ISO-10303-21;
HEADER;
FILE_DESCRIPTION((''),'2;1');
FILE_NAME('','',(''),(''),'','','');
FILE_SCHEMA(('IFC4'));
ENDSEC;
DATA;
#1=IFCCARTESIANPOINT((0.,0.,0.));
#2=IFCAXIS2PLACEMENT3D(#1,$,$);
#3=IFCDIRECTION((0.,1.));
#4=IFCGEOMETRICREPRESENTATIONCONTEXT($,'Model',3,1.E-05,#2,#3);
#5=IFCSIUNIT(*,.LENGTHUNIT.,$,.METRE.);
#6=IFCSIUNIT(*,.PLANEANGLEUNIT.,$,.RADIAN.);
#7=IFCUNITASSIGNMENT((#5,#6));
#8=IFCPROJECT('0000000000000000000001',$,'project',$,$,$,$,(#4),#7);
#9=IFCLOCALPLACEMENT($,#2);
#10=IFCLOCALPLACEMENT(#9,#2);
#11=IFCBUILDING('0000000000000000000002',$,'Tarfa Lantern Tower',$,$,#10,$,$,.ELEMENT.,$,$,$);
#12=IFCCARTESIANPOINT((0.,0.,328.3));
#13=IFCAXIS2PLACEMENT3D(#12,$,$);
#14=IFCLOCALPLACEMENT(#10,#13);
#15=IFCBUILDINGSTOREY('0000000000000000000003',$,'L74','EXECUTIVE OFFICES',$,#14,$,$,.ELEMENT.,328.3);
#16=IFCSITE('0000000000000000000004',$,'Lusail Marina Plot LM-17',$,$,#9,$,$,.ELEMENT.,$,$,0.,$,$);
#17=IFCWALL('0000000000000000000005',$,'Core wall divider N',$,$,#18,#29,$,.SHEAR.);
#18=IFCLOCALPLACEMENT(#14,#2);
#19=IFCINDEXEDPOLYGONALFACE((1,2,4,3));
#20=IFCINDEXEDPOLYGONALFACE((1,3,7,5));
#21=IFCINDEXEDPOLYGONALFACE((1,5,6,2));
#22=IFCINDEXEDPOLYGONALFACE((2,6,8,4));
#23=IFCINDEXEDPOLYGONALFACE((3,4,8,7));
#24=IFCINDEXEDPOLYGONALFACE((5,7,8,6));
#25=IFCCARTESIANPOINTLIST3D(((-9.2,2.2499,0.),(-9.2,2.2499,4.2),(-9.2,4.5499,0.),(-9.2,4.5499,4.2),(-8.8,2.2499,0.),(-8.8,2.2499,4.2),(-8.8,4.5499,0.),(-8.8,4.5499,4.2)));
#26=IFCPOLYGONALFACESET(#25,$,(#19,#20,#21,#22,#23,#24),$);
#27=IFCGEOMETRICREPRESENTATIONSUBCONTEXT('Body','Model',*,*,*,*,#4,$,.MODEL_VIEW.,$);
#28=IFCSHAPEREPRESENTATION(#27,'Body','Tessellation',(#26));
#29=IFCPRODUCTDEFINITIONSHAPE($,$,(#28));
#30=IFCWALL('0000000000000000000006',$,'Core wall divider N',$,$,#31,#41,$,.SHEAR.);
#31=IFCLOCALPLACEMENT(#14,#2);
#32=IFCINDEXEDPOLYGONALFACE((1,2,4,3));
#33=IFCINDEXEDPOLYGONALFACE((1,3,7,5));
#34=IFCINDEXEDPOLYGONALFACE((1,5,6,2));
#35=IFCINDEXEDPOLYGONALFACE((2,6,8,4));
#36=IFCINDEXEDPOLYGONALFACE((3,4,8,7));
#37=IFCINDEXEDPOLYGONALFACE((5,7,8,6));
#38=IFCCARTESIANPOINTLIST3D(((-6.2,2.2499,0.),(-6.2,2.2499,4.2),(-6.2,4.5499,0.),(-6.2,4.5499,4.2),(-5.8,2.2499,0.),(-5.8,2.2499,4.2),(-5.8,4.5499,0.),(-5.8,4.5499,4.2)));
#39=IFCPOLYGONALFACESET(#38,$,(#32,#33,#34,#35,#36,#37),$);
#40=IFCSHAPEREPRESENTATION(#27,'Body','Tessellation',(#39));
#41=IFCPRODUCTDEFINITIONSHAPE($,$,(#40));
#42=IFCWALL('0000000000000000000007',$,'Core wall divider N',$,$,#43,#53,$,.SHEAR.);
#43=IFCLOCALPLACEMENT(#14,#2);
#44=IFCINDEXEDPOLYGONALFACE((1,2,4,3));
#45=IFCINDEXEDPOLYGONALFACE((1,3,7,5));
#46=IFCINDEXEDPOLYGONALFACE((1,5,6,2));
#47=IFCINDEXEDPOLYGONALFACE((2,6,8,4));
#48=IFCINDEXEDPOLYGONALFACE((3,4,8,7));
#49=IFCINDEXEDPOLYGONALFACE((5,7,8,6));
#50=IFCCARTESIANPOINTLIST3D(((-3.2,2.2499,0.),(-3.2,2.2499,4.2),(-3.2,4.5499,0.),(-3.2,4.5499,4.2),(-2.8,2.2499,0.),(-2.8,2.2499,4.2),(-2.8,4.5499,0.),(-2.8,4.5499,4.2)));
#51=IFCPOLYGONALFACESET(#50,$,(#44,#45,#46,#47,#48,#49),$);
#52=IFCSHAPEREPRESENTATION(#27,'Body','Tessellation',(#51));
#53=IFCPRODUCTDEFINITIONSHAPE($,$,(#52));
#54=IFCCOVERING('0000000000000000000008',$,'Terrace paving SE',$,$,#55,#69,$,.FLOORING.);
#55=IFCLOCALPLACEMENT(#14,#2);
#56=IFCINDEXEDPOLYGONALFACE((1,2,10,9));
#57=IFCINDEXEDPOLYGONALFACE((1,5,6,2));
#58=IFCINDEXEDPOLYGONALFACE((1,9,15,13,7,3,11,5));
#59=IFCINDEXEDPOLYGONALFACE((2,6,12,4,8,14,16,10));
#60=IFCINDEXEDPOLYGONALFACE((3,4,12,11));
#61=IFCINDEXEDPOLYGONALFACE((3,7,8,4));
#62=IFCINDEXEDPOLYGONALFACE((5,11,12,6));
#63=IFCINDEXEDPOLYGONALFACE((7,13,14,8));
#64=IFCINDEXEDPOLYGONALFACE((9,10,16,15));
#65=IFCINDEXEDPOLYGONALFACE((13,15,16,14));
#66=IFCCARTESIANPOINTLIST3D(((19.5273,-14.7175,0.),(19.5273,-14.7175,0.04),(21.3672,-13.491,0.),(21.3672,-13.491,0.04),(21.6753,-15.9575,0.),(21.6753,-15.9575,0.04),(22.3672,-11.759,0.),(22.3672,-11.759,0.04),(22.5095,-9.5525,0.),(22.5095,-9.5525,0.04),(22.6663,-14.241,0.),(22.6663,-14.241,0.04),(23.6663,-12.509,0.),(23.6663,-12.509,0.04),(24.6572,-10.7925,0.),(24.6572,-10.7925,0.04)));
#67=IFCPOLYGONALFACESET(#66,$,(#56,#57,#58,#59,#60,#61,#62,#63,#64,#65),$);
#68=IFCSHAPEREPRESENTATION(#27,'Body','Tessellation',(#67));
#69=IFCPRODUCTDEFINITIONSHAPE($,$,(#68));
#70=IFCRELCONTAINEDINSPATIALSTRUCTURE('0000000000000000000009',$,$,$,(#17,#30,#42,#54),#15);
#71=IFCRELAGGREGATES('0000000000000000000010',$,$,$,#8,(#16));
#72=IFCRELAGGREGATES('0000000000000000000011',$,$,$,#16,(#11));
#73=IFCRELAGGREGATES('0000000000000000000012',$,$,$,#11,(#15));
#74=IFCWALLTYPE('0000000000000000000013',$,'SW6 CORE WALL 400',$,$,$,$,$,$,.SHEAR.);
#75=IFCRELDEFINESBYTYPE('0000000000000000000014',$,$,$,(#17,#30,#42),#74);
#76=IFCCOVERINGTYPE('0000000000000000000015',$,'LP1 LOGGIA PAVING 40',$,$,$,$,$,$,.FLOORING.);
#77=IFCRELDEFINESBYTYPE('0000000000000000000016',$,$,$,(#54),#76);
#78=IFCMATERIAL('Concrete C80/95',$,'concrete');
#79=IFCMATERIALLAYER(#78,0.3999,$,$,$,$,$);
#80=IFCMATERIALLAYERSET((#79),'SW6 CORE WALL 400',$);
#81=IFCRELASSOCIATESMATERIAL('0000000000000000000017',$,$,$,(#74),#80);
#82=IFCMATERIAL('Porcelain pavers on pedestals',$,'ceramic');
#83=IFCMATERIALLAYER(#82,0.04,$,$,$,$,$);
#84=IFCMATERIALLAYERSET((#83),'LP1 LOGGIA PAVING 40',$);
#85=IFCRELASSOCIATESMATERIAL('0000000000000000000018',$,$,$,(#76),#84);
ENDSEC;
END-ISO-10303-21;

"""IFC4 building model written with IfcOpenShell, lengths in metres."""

from ifc_helpers import new_model, si_unit, direction, frame, frame_2d, origin, place, context, subcontext, project, spatial, polyline, rectangle, outline, extrude, material, layer, layer_set, type_object, element, save


model = new_model("IFC4")

# Units and contexts
model_context = context("Model", 3, precision=1e-05, world=origin(), true_north=direction((0.0, 1.0)))
body_context = subcontext(model_context, "Body", "Model", "MODEL_VIEW")
ifc_project = project(units=[si_unit("LENGTHUNIT", "METRE"), si_unit("PLANEANGLEUNIT", "RADIAN")], contexts=[model_context])

# Site, building, storey
site_placement = place(None, origin())
site = spatial("IfcSite", under=ifc_project, at=site_placement, Name="Lusail Marina Plot LM-17", CompositionType="ELEMENT", RefElevation=0.0)
building_placement = place(site_placement, origin())
building = spatial("IfcBuilding", under=site, at=building_placement, Name="Tarfa Lantern Tower", CompositionType="ELEMENT")
storey_placement = place(building_placement, frame((0.0, 0.0, 328.3)))
storey = spatial("IfcBuildingStorey", under=building, at=storey_placement, Name="L74", Description="EXECUTIVE OFFICES", CompositionType="ELEMENT", Elevation=328.3)

# Shared definitions
ifc_material_1 = material(Name="Concrete C80/95", Category="concrete")

# Walls
ifc_layer_1 = layer(ifc_material_1, 0.3999)
ifc_layer_set_1 = layer_set([ifc_layer_1], Name="SW6 CORE WALL 400")
wall_type_1 = type_object("IfcWallType", Name="SW6 CORE WALL 400", PredefinedType="SHEAR", material=ifc_layer_set_1)
for number, where, z_axis, x_axis, name in (
    (1, (-9.0, 2.25, 0.0), (0.0, 0.0, 1.0), (0.0, 1.0, 0.0), "Core wall divider N"),
    (2, (-6.0, 2.25, 0.0), (0.0, 0.0, 1.0), (0.0, 1.0, 0.0), "Core wall divider N"),
    (3, (-3.0, 2.25, 0.0), (0.0, 0.0, 1.0), (0.0, 1.0, 0.0), "Core wall divider N"),
):
    element("IfcWall", number, at=place(storey_placement, frame(where, z_axis=z_axis, x_axis=x_axis)), inside=storey, type_object=wall_type_1, Name=name, PredefinedType="SHEAR", context=body_context, shape_type="SweptSolid", body=[
        extrude(rectangle(XDim=2.3, YDim=0.3999, at=frame_2d((1.1499, 0.0))), origin(), (0.0, 0.0, 1.0), 4.2),
    ])

# Covering
ifc_material_2 = material(Name="Porcelain pavers on pedestals", Category="ceramic")
ifc_layer_2 = layer(ifc_material_2, 0.04)
ifc_layer_set_2 = layer_set([ifc_layer_2], Name="LP1 LOGGIA PAVING 40")
covering_type = type_object("IfcCoveringType", Name="LP1 LOGGIA PAVING 40", PredefinedType="FLOORING", material=ifc_layer_set_2)
covering_placement = place(storey_placement, origin())
element("IfcCovering", 4, at=covering_placement, inside=storey, type_object=covering_type, Name="Terrace paving SE", PredefinedType="FLOORING", context=body_context, shape_type="SweptSolid", body=[
    extrude(outline(polyline([(21.6753, -15.9575), (19.5273, -14.7175), (22.5095, -9.5525), (24.6572, -10.7925), (23.6663, -12.509), (22.3672, -11.759), (21.3672, -13.491), (22.6663, -14.241), (21.6753, -15.9575)])), origin(), (0.0, 0.0, 1.0), 0.04),
])

save(model, "model.ifc")
